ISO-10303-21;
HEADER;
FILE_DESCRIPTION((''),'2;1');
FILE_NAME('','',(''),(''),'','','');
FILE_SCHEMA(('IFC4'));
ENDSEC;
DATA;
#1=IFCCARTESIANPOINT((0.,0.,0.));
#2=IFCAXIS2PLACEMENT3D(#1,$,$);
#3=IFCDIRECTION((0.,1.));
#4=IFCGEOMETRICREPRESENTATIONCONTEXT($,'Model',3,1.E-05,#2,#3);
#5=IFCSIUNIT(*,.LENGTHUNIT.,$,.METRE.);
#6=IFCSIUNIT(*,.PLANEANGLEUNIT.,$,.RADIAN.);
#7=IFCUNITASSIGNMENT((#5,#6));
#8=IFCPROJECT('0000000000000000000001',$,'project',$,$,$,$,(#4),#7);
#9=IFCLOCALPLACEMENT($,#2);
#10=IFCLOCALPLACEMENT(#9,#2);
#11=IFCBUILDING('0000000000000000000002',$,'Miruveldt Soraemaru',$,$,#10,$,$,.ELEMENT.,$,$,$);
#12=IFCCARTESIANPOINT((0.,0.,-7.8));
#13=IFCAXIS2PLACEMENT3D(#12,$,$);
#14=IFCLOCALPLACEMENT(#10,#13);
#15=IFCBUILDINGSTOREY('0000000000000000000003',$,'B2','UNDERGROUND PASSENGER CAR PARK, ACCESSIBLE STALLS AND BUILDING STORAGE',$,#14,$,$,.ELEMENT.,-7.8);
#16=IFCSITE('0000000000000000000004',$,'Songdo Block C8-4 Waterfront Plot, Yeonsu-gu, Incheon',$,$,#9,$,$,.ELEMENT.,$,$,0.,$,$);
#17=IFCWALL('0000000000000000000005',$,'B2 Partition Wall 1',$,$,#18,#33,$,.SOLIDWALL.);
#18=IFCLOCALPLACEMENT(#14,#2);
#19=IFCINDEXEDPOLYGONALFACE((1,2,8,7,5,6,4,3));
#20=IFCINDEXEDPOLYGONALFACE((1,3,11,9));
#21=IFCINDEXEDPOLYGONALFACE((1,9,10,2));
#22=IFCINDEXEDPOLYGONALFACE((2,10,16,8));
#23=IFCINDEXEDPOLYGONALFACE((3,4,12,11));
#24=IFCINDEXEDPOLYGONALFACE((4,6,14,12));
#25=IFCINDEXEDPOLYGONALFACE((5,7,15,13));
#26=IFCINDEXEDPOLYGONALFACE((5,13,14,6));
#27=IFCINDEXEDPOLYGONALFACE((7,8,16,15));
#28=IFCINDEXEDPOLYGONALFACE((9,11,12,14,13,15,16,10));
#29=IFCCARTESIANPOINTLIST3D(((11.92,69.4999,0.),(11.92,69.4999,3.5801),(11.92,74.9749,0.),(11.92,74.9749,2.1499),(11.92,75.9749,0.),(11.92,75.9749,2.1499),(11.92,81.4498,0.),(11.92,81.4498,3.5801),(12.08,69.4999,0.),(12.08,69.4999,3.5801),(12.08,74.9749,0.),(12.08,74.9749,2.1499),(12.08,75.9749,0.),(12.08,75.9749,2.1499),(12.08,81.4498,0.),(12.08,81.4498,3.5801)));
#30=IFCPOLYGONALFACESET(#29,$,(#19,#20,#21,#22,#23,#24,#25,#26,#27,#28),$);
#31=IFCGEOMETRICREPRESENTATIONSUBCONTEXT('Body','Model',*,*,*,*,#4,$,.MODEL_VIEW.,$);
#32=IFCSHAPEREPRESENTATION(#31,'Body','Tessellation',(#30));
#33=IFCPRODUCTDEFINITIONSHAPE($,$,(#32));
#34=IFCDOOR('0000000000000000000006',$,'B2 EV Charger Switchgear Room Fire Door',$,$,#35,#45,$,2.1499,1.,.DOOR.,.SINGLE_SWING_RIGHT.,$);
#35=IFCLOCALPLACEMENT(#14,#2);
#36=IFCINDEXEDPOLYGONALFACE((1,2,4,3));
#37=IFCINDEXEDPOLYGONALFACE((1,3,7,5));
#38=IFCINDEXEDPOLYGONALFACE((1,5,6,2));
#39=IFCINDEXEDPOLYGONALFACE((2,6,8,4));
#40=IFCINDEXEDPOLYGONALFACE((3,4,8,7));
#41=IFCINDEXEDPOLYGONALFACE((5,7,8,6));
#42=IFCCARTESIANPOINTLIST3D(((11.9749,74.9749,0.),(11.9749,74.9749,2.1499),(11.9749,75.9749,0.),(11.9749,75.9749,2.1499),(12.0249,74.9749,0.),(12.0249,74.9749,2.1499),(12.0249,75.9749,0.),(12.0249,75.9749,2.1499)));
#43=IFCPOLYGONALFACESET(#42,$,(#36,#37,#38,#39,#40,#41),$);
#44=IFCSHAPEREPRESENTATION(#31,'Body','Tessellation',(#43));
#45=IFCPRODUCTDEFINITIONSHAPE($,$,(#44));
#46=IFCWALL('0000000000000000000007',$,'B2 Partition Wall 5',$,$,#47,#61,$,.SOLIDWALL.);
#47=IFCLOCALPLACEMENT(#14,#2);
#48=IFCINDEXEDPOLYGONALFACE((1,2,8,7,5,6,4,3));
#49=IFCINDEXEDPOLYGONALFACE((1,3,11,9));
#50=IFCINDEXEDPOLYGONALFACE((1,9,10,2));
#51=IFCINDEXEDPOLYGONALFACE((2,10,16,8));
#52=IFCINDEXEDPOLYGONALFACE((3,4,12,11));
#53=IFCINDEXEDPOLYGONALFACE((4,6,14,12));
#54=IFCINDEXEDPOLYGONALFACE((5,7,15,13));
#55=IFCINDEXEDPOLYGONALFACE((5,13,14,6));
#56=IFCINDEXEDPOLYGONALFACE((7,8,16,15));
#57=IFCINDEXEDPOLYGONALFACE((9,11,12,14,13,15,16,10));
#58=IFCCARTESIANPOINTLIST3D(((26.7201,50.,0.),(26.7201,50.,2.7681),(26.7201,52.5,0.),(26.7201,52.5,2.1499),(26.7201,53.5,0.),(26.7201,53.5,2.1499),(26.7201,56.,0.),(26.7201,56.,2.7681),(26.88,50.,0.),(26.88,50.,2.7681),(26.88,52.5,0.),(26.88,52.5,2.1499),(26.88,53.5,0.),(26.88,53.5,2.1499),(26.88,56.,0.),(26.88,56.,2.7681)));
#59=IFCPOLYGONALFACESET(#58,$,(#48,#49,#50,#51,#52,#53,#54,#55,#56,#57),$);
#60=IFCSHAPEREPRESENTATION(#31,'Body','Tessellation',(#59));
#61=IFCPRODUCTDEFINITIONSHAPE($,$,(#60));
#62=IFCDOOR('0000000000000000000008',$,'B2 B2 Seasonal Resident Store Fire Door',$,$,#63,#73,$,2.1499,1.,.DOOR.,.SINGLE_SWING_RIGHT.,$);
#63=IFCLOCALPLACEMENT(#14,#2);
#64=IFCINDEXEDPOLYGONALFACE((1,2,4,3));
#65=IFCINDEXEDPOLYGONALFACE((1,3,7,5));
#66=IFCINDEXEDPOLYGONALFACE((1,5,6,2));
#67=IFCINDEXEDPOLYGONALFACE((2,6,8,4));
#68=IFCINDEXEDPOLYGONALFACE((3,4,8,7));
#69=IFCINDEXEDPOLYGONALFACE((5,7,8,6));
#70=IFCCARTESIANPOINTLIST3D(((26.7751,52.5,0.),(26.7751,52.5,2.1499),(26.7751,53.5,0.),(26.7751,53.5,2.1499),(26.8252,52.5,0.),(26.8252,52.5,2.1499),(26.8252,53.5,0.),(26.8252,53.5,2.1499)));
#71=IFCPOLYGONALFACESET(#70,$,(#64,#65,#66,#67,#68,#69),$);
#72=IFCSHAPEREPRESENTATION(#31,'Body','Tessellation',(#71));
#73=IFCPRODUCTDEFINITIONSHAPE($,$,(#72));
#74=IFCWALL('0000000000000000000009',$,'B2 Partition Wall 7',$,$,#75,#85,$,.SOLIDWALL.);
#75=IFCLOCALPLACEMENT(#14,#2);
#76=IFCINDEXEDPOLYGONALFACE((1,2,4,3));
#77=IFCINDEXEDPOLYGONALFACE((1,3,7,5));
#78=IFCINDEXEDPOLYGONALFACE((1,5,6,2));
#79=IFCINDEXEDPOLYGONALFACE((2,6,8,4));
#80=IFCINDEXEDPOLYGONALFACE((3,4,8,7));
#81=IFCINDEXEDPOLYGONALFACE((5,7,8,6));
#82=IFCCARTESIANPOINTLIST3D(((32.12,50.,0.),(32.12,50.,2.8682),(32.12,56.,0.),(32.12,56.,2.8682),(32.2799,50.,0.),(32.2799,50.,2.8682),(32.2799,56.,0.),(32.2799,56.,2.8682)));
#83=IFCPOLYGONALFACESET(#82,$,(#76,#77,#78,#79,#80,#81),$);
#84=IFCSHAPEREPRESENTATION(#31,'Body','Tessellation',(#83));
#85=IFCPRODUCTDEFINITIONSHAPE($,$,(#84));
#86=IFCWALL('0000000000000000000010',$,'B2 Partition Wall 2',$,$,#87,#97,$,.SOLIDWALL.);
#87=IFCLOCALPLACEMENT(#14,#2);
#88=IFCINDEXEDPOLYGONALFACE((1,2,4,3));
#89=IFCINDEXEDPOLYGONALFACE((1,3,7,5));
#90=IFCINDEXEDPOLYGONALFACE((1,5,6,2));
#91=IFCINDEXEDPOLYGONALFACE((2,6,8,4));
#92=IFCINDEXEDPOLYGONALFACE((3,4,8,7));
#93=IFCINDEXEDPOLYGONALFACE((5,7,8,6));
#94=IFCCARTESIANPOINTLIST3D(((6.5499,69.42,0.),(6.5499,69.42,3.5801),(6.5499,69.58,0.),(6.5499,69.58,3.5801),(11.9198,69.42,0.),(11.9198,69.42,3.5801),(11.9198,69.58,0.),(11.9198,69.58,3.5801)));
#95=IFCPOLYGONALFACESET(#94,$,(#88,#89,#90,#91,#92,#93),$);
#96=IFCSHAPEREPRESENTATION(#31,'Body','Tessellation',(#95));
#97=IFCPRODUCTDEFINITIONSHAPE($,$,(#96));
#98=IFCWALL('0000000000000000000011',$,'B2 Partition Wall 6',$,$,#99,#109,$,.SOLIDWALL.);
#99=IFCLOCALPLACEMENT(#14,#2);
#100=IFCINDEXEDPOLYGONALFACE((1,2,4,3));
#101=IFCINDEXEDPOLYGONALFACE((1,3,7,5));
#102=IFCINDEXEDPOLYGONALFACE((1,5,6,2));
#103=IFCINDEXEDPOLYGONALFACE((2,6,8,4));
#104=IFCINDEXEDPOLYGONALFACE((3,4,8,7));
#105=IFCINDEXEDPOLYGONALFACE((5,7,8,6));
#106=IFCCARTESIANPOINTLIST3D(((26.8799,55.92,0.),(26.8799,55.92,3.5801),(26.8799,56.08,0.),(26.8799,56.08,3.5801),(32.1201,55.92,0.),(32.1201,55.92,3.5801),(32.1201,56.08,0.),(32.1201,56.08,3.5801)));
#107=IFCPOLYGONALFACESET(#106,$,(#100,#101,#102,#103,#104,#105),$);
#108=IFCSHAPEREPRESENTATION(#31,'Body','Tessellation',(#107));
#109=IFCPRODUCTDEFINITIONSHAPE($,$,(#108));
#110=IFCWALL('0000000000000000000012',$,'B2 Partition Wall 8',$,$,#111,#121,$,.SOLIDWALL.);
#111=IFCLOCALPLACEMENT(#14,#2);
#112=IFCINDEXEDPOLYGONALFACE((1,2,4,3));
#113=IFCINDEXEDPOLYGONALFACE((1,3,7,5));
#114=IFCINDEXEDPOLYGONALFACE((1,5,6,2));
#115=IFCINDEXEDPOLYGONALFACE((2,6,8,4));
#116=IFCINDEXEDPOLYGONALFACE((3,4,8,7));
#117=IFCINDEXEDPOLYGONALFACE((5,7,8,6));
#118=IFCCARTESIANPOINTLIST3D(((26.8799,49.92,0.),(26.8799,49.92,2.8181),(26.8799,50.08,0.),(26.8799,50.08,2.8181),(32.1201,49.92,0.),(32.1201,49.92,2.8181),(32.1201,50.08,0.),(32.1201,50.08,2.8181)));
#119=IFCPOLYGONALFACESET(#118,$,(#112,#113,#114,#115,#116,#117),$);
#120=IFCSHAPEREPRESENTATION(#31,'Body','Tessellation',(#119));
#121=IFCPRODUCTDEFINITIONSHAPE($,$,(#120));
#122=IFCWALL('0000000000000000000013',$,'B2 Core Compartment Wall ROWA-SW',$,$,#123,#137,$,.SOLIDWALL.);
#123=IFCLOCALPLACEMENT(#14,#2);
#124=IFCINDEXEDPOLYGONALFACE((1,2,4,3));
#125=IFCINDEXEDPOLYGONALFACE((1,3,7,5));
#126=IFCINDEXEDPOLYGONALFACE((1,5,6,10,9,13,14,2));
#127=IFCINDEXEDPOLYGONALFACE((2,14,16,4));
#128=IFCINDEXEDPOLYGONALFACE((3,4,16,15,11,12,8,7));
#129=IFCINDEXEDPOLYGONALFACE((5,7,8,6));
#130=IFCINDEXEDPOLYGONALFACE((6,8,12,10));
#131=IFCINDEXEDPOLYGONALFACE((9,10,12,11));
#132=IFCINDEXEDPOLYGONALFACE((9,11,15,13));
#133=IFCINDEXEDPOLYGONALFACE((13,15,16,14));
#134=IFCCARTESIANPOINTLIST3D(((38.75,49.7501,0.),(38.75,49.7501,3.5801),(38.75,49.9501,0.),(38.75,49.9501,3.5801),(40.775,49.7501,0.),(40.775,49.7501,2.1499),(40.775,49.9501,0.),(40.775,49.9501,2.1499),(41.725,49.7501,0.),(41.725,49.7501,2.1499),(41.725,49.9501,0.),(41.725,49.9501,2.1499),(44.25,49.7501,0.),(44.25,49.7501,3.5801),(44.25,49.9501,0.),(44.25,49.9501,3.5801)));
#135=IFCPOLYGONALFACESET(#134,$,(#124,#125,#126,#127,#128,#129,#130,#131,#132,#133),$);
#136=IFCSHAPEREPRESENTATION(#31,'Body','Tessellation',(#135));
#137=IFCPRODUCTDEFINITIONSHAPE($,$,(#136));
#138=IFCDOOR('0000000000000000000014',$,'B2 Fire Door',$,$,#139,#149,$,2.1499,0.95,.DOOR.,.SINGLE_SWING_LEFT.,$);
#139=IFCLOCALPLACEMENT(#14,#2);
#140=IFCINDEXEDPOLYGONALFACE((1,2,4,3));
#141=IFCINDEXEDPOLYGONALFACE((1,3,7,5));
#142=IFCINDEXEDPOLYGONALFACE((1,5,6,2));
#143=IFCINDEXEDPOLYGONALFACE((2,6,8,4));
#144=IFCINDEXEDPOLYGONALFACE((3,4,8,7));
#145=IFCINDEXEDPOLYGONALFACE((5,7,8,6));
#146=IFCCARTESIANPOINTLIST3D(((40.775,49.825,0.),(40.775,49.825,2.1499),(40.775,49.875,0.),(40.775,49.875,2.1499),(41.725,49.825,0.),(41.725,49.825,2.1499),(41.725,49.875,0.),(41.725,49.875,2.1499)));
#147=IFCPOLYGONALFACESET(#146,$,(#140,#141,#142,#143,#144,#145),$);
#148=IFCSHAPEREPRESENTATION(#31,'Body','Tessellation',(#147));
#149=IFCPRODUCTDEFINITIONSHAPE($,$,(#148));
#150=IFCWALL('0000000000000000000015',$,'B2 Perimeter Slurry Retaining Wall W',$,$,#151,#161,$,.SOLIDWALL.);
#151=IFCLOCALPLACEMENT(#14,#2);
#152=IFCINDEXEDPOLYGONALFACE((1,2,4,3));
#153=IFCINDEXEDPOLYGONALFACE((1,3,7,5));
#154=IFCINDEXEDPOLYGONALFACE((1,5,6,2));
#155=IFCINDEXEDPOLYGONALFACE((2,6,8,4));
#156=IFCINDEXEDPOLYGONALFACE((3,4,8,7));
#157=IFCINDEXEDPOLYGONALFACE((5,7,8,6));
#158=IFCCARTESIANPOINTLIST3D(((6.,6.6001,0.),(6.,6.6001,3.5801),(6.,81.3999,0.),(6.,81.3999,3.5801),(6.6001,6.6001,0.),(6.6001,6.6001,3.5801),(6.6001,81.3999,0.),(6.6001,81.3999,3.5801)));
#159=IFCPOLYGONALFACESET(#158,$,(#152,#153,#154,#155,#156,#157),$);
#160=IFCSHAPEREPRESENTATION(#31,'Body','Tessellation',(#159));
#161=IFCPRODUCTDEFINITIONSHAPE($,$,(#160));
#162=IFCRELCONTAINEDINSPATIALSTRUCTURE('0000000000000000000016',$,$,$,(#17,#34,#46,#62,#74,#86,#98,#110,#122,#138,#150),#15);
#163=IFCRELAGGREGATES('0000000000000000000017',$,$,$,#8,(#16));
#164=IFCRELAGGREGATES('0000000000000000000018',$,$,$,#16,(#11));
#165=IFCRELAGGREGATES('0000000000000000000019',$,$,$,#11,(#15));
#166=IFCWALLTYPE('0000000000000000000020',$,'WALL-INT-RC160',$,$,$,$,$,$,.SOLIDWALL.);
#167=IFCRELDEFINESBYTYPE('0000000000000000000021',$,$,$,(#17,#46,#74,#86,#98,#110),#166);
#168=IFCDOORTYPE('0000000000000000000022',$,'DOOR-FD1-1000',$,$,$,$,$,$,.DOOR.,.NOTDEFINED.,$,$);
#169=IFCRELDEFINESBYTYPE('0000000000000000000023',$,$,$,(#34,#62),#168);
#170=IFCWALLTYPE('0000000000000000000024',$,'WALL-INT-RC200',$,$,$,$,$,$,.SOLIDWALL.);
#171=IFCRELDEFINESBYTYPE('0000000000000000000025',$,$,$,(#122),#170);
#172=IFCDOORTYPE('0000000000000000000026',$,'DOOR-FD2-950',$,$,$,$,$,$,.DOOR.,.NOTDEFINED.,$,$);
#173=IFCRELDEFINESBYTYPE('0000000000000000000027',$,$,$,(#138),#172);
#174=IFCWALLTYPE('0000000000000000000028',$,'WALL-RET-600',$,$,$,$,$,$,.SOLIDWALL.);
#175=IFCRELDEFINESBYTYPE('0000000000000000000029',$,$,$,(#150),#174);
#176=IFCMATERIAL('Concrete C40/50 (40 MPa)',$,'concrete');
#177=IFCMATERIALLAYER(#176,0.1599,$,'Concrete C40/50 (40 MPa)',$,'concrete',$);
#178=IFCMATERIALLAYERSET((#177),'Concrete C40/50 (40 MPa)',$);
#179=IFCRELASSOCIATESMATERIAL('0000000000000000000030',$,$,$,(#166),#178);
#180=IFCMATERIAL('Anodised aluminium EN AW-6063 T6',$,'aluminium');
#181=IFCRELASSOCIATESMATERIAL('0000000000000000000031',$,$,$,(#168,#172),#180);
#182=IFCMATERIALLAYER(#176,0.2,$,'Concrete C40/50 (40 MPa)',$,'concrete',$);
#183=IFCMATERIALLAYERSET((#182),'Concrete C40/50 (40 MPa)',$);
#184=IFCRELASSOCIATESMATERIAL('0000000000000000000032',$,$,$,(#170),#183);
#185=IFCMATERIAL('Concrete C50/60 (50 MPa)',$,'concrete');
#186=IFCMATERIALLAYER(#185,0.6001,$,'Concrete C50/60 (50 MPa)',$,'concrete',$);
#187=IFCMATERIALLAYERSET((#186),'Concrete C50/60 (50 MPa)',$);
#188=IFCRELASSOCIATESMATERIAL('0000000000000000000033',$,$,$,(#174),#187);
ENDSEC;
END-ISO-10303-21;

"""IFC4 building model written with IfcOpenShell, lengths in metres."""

from ifc_helpers import new_model, si_unit, direction, frame, frame_2d, origin, place, context, subcontext, project, spatial, rectangle, extrude, material, layer, layer_set, type_object, element, fill, save


model = new_model("IFC4")

# Units and contexts
model_context = context("Model", 3, precision=1e-05, world=origin(), true_north=direction((0.0, 1.0)))
body_context = subcontext(model_context, "Body", "Model", "MODEL_VIEW")
ifc_project = project(units=[si_unit("LENGTHUNIT", "METRE"), si_unit("PLANEANGLEUNIT", "RADIAN")], contexts=[model_context])

# Site, building, storey
site_placement = place(None, origin())
site = spatial("IfcSite", under=ifc_project, at=site_placement, Name="Songdo Block C8-4 Waterfront Plot, Yeonsu-gu, Incheon", CompositionType="ELEMENT", RefElevation=0.0)
building_placement = place(site_placement, origin())
building = spatial("IfcBuilding", under=site, at=building_placement, Name="Miruveldt Soraemaru", CompositionType="ELEMENT")
storey_placement = place(building_placement, frame((0.0, 0.0, -7.8)))
storey = spatial("IfcBuildingStorey", under=building, at=storey_placement, Name="B2", Description="UNDERGROUND PASSENGER CAR PARK, ACCESSIBLE STALLS AND BUILDING STORAGE", CompositionType="ELEMENT", Elevation=-7.8)

# Shared definitions
ifc_material_1 = material(Name="Concrete C40/50 (40 MPa)", Category="concrete")

# Walls, openings, doors
ifc_layer_1 = layer(ifc_material_1, 0.1599, Name="Concrete C40/50 (40 MPa)", Category="concrete")
ifc_layer_set_1 = layer_set([ifc_layer_1], Name="Concrete C40/50 (40 MPa)")
wall_type_1 = type_object("IfcWallType", Name="WALL-INT-RC160", PredefinedType="SOLIDWALL", material=ifc_layer_set_1)
wall_1_placement = place(storey_placement, frame((12.0, 81.45, 0.0), z_axis=(0.0, 0.0, 1.0), x_axis=(0.0, -1.0, 0.0)))
wall_1 = element("IfcWall", 1, at=wall_1_placement, inside=storey, type_object=wall_type_1, Name="B2 Partition Wall 1", PredefinedType="SOLIDWALL", context=body_context, shape_type="SweptSolid", body=[
    extrude(rectangle(XDim=11.95, YDim=0.1599, at=frame_2d((5.9751, 0.0))), origin(), (0.0, 0.0, 1.0), 3.5801),
])
opening_1_placement = place(wall_1_placement, frame((5.4751, 0.0, 0.0)))
opening_1 = element("IfcOpeningElement", 2, at=opening_1_placement, cuts=wall_1, PredefinedType="OPENING", context=body_context, shape_type="SweptSolid", body=[
    extrude(rectangle(XDim=1.0, YDim=2.1499, at=frame_2d((0.5, 1.075))), frame((0.0, 0.0898, 0.0), z_axis=(0.0, -1.0, 0.0), x_axis=(1.0, 0.0, 0.0)), (0.0, 0.0, 1.0), 0.1799),
])
ifc_material_2 = material(Name="Anodised aluminium EN AW-6063 T6", Category="aluminium")
door_type_1 = type_object("IfcDoorType", Name="DOOR-FD1-1000", OperationType="NOTDEFINED", PredefinedType="DOOR", material=ifc_material_2)
door_1_placement = place(opening_1_placement, origin())
door_1 = element("IfcDoor", 3, at=door_1_placement, inside=storey, type_object=door_type_1, Name="B2 EV Charger Switchgear Room Fire Door", OperationType="SINGLE_SWING_RIGHT", OverallHeight=2.1499, OverallWidth=1.0, PredefinedType="DOOR", context=body_context, shape_type="SweptSolid", body=[
    extrude(rectangle(XDim=1.0, YDim=2.1499, at=frame_2d((0.5, 1.075))), frame((0.0, 0.0249, 0.0), z_axis=(0.0, -1.0, 0.0), x_axis=(1.0, 0.0, 0.0)), (0.0, 0.0, 1.0), 0.05),
])
fill(opening_1, door_1)
wall_2_placement = place(storey_placement, frame((26.8, 50.0, 0.0), z_axis=(0.0, 0.0, 1.0), x_axis=(0.0, 1.0, 0.0)))
wall_2 = element("IfcWall", 4, at=wall_2_placement, inside=storey, type_object=wall_type_1, Name="B2 Partition Wall 5", PredefinedType="SOLIDWALL", context=body_context, shape_type="SweptSolid", body=[
    extrude(rectangle(XDim=6.0, YDim=0.1599, at=frame_2d((3.0, 0.0))), origin(), (0.0, 0.0, 1.0), 2.7681),
])
opening_2_placement = place(wall_2_placement, frame((2.5, 0.0, 0.0)))
opening_2 = element("IfcOpeningElement", 5, at=opening_2_placement, cuts=wall_2, PredefinedType="OPENING", context=body_context, shape_type="SweptSolid", body=[
    extrude(rectangle(XDim=1.0, YDim=2.1499, at=frame_2d((0.5, 1.075))), frame((0.0, 0.0898, 0.0), z_axis=(0.0, -1.0, 0.0), x_axis=(1.0, 0.0, 0.0)), (0.0, 0.0, 1.0), 0.1799),
])
door_2_placement = place(opening_2_placement, origin())
door_2 = element("IfcDoor", 6, at=door_2_placement, inside=storey, type_object=door_type_1, Name="B2 B2 Seasonal Resident Store Fire Door", OperationType="SINGLE_SWING_RIGHT", OverallHeight=2.1499, OverallWidth=1.0, PredefinedType="DOOR", context=body_context, shape_type="SweptSolid", body=[
    extrude(rectangle(XDim=1.0, YDim=2.1499, at=frame_2d((0.5, 1.075))), frame((0.0, 0.0249, 0.0), z_axis=(0.0, -1.0, 0.0), x_axis=(1.0, 0.0, 0.0)), (0.0, 0.0, 1.0), 0.05),
])
fill(opening_2, door_2)

# Walls
wall_3_placement = place(storey_placement, frame((32.2, 56.0, 0.0), z_axis=(0.0, 0.0, 1.0), x_axis=(0.0, -1.0, 0.0)))
element("IfcWall", 7, at=wall_3_placement, inside=storey, type_object=wall_type_1, Name="B2 Partition Wall 7", PredefinedType="SOLIDWALL", context=body_context, shape_type="SweptSolid", body=[
    extrude(rectangle(XDim=6.0, YDim=0.1599, at=frame_2d((3.0, 0.0))), origin(), (0.0, 0.0, 1.0), 2.8682),
])
wall_4_placement = place(storey_placement, frame((11.9199, 69.5, 0.0), z_axis=(0.0, 0.0, 1.0), x_axis=(-1.0, 0.0, 0.0)))
element("IfcWall", 8, at=wall_4_placement, inside=storey, type_object=wall_type_1, Name="B2 Partition Wall 2", PredefinedType="SOLIDWALL", context=body_context, shape_type="SweptSolid", body=[
    extrude(rectangle(XDim=5.3699, YDim=0.1599, at=frame_2d((2.6851, 0.0))), origin(), (0.0, 0.0, 1.0), 3.5801),
])
wall_5_placement = place(storey_placement, frame((26.8799, 56.0, 0.0), z_axis=(0.0, 0.0, 1.0), x_axis=(1.0, 0.0, 0.0)))
element("IfcWall", 9, at=wall_5_placement, inside=storey, type_object=wall_type_1, Name="B2 Partition Wall 6", PredefinedType="SOLIDWALL", context=body_context, shape_type="SweptSolid", body=[
    extrude(rectangle(XDim=5.2402, YDim=0.1599, at=frame_2d((2.6201, 0.0))), origin(), (0.0, 0.0, 1.0), 3.5801),
])
wall_6_placement = place(storey_placement, frame((32.1201, 50.0, 0.0), z_axis=(0.0, 0.0, 1.0), x_axis=(-1.0, 0.0, 0.0)))
element("IfcWall", 10, at=wall_6_placement, inside=storey, type_object=wall_type_1, Name="B2 Partition Wall 8", PredefinedType="SOLIDWALL", context=body_context, shape_type="SweptSolid", body=[
    extrude(rectangle(XDim=5.2402, YDim=0.1599, at=frame_2d((2.6201, 0.0))), origin(), (0.0, 0.0, 1.0), 2.8181),
])

# Wall, opening, door
ifc_layer_2 = layer(ifc_material_1, 0.2, Name="Concrete C40/50 (40 MPa)", Category="concrete")
ifc_layer_set_2 = layer_set([ifc_layer_2], Name="Concrete C40/50 (40 MPa)")
wall_type_2 = type_object("IfcWallType", Name="WALL-INT-RC200", PredefinedType="SOLIDWALL", material=ifc_layer_set_2)
wall_7_placement = place(storey_placement, frame((38.75, 49.8501, 0.0), z_axis=(0.0, 0.0, 1.0), x_axis=(1.0, 0.0, 0.0)))
wall_7 = element("IfcWall", 11, at=wall_7_placement, inside=storey, type_object=wall_type_2, Name="B2 Core Compartment Wall ROWA-SW", PredefinedType="SOLIDWALL", context=body_context, shape_type="SweptSolid", body=[
    extrude(rectangle(XDim=5.5, YDim=0.2, at=frame_2d((2.75, 0.0))), origin(), (0.0, 0.0, 1.0), 3.5801),
])
opening_3_placement = place(wall_7_placement, frame((2.0249, 0.0, 0.0)))
opening_3 = element("IfcOpeningElement", 12, at=opening_3_placement, cuts=wall_7, PredefinedType="OPENING", context=body_context, shape_type="SweptSolid", body=[
    extrude(rectangle(XDim=0.95, YDim=2.1499, at=frame_2d((0.4751, 1.075))), frame((0.0, 0.1099, 0.0), z_axis=(0.0, -1.0, 0.0), x_axis=(1.0, 0.0, 0.0)), (0.0, 0.0, 1.0), 0.22),
])
door_type_2 = type_object("IfcDoorType", Name="DOOR-FD2-950", OperationType="NOTDEFINED", PredefinedType="DOOR", material=ifc_material_2)
door_3_placement = place(opening_3_placement, origin())
door_3 = element("IfcDoor", 13, at=door_3_placement, inside=storey, type_object=door_type_2, Name="B2 Fire Door", OperationType="SINGLE_SWING_LEFT", OverallHeight=2.1499, OverallWidth=0.95, PredefinedType="DOOR", context=body_context, shape_type="SweptSolid", body=[
    extrude(rectangle(XDim=0.95, YDim=2.1499, at=frame_2d((0.4751, 1.075))), frame((0.0, 0.0249, 0.0), z_axis=(0.0, -1.0, 0.0), x_axis=(1.0, 0.0, 0.0)), (0.0, 0.0, 1.0), 0.05),
])
fill(opening_3, door_3)

# Wall
ifc_material_3 = material(Name="Concrete C50/60 (50 MPa)", Category="concrete")
ifc_layer_3 = layer(ifc_material_3, 0.6001, Name="Concrete C50/60 (50 MPa)", Category="concrete")
ifc_layer_set_3 = layer_set([ifc_layer_3], Name="Concrete C50/60 (50 MPa)")
wall_type_3 = type_object("IfcWallType", Name="WALL-RET-600", PredefinedType="SOLIDWALL", material=ifc_layer_set_3)
wall_8_placement = place(storey_placement, frame((6.3, 81.3999, 0.0), z_axis=(0.0, 0.0, 1.0), x_axis=(0.0, -1.0, 0.0)))
element("IfcWall", 14, at=wall_8_placement, inside=storey, type_object=wall_type_3, Name="B2 Perimeter Slurry Retaining Wall W", PredefinedType="SOLIDWALL", context=body_context, shape_type="SweptSolid", body=[
    extrude(rectangle(XDim=74.7998, YDim=0.6001, at=frame_2d((37.3999, 0.0))), origin(), (0.0, 0.0, 1.0), 3.5801),
])

save(model, "model.ifc")
